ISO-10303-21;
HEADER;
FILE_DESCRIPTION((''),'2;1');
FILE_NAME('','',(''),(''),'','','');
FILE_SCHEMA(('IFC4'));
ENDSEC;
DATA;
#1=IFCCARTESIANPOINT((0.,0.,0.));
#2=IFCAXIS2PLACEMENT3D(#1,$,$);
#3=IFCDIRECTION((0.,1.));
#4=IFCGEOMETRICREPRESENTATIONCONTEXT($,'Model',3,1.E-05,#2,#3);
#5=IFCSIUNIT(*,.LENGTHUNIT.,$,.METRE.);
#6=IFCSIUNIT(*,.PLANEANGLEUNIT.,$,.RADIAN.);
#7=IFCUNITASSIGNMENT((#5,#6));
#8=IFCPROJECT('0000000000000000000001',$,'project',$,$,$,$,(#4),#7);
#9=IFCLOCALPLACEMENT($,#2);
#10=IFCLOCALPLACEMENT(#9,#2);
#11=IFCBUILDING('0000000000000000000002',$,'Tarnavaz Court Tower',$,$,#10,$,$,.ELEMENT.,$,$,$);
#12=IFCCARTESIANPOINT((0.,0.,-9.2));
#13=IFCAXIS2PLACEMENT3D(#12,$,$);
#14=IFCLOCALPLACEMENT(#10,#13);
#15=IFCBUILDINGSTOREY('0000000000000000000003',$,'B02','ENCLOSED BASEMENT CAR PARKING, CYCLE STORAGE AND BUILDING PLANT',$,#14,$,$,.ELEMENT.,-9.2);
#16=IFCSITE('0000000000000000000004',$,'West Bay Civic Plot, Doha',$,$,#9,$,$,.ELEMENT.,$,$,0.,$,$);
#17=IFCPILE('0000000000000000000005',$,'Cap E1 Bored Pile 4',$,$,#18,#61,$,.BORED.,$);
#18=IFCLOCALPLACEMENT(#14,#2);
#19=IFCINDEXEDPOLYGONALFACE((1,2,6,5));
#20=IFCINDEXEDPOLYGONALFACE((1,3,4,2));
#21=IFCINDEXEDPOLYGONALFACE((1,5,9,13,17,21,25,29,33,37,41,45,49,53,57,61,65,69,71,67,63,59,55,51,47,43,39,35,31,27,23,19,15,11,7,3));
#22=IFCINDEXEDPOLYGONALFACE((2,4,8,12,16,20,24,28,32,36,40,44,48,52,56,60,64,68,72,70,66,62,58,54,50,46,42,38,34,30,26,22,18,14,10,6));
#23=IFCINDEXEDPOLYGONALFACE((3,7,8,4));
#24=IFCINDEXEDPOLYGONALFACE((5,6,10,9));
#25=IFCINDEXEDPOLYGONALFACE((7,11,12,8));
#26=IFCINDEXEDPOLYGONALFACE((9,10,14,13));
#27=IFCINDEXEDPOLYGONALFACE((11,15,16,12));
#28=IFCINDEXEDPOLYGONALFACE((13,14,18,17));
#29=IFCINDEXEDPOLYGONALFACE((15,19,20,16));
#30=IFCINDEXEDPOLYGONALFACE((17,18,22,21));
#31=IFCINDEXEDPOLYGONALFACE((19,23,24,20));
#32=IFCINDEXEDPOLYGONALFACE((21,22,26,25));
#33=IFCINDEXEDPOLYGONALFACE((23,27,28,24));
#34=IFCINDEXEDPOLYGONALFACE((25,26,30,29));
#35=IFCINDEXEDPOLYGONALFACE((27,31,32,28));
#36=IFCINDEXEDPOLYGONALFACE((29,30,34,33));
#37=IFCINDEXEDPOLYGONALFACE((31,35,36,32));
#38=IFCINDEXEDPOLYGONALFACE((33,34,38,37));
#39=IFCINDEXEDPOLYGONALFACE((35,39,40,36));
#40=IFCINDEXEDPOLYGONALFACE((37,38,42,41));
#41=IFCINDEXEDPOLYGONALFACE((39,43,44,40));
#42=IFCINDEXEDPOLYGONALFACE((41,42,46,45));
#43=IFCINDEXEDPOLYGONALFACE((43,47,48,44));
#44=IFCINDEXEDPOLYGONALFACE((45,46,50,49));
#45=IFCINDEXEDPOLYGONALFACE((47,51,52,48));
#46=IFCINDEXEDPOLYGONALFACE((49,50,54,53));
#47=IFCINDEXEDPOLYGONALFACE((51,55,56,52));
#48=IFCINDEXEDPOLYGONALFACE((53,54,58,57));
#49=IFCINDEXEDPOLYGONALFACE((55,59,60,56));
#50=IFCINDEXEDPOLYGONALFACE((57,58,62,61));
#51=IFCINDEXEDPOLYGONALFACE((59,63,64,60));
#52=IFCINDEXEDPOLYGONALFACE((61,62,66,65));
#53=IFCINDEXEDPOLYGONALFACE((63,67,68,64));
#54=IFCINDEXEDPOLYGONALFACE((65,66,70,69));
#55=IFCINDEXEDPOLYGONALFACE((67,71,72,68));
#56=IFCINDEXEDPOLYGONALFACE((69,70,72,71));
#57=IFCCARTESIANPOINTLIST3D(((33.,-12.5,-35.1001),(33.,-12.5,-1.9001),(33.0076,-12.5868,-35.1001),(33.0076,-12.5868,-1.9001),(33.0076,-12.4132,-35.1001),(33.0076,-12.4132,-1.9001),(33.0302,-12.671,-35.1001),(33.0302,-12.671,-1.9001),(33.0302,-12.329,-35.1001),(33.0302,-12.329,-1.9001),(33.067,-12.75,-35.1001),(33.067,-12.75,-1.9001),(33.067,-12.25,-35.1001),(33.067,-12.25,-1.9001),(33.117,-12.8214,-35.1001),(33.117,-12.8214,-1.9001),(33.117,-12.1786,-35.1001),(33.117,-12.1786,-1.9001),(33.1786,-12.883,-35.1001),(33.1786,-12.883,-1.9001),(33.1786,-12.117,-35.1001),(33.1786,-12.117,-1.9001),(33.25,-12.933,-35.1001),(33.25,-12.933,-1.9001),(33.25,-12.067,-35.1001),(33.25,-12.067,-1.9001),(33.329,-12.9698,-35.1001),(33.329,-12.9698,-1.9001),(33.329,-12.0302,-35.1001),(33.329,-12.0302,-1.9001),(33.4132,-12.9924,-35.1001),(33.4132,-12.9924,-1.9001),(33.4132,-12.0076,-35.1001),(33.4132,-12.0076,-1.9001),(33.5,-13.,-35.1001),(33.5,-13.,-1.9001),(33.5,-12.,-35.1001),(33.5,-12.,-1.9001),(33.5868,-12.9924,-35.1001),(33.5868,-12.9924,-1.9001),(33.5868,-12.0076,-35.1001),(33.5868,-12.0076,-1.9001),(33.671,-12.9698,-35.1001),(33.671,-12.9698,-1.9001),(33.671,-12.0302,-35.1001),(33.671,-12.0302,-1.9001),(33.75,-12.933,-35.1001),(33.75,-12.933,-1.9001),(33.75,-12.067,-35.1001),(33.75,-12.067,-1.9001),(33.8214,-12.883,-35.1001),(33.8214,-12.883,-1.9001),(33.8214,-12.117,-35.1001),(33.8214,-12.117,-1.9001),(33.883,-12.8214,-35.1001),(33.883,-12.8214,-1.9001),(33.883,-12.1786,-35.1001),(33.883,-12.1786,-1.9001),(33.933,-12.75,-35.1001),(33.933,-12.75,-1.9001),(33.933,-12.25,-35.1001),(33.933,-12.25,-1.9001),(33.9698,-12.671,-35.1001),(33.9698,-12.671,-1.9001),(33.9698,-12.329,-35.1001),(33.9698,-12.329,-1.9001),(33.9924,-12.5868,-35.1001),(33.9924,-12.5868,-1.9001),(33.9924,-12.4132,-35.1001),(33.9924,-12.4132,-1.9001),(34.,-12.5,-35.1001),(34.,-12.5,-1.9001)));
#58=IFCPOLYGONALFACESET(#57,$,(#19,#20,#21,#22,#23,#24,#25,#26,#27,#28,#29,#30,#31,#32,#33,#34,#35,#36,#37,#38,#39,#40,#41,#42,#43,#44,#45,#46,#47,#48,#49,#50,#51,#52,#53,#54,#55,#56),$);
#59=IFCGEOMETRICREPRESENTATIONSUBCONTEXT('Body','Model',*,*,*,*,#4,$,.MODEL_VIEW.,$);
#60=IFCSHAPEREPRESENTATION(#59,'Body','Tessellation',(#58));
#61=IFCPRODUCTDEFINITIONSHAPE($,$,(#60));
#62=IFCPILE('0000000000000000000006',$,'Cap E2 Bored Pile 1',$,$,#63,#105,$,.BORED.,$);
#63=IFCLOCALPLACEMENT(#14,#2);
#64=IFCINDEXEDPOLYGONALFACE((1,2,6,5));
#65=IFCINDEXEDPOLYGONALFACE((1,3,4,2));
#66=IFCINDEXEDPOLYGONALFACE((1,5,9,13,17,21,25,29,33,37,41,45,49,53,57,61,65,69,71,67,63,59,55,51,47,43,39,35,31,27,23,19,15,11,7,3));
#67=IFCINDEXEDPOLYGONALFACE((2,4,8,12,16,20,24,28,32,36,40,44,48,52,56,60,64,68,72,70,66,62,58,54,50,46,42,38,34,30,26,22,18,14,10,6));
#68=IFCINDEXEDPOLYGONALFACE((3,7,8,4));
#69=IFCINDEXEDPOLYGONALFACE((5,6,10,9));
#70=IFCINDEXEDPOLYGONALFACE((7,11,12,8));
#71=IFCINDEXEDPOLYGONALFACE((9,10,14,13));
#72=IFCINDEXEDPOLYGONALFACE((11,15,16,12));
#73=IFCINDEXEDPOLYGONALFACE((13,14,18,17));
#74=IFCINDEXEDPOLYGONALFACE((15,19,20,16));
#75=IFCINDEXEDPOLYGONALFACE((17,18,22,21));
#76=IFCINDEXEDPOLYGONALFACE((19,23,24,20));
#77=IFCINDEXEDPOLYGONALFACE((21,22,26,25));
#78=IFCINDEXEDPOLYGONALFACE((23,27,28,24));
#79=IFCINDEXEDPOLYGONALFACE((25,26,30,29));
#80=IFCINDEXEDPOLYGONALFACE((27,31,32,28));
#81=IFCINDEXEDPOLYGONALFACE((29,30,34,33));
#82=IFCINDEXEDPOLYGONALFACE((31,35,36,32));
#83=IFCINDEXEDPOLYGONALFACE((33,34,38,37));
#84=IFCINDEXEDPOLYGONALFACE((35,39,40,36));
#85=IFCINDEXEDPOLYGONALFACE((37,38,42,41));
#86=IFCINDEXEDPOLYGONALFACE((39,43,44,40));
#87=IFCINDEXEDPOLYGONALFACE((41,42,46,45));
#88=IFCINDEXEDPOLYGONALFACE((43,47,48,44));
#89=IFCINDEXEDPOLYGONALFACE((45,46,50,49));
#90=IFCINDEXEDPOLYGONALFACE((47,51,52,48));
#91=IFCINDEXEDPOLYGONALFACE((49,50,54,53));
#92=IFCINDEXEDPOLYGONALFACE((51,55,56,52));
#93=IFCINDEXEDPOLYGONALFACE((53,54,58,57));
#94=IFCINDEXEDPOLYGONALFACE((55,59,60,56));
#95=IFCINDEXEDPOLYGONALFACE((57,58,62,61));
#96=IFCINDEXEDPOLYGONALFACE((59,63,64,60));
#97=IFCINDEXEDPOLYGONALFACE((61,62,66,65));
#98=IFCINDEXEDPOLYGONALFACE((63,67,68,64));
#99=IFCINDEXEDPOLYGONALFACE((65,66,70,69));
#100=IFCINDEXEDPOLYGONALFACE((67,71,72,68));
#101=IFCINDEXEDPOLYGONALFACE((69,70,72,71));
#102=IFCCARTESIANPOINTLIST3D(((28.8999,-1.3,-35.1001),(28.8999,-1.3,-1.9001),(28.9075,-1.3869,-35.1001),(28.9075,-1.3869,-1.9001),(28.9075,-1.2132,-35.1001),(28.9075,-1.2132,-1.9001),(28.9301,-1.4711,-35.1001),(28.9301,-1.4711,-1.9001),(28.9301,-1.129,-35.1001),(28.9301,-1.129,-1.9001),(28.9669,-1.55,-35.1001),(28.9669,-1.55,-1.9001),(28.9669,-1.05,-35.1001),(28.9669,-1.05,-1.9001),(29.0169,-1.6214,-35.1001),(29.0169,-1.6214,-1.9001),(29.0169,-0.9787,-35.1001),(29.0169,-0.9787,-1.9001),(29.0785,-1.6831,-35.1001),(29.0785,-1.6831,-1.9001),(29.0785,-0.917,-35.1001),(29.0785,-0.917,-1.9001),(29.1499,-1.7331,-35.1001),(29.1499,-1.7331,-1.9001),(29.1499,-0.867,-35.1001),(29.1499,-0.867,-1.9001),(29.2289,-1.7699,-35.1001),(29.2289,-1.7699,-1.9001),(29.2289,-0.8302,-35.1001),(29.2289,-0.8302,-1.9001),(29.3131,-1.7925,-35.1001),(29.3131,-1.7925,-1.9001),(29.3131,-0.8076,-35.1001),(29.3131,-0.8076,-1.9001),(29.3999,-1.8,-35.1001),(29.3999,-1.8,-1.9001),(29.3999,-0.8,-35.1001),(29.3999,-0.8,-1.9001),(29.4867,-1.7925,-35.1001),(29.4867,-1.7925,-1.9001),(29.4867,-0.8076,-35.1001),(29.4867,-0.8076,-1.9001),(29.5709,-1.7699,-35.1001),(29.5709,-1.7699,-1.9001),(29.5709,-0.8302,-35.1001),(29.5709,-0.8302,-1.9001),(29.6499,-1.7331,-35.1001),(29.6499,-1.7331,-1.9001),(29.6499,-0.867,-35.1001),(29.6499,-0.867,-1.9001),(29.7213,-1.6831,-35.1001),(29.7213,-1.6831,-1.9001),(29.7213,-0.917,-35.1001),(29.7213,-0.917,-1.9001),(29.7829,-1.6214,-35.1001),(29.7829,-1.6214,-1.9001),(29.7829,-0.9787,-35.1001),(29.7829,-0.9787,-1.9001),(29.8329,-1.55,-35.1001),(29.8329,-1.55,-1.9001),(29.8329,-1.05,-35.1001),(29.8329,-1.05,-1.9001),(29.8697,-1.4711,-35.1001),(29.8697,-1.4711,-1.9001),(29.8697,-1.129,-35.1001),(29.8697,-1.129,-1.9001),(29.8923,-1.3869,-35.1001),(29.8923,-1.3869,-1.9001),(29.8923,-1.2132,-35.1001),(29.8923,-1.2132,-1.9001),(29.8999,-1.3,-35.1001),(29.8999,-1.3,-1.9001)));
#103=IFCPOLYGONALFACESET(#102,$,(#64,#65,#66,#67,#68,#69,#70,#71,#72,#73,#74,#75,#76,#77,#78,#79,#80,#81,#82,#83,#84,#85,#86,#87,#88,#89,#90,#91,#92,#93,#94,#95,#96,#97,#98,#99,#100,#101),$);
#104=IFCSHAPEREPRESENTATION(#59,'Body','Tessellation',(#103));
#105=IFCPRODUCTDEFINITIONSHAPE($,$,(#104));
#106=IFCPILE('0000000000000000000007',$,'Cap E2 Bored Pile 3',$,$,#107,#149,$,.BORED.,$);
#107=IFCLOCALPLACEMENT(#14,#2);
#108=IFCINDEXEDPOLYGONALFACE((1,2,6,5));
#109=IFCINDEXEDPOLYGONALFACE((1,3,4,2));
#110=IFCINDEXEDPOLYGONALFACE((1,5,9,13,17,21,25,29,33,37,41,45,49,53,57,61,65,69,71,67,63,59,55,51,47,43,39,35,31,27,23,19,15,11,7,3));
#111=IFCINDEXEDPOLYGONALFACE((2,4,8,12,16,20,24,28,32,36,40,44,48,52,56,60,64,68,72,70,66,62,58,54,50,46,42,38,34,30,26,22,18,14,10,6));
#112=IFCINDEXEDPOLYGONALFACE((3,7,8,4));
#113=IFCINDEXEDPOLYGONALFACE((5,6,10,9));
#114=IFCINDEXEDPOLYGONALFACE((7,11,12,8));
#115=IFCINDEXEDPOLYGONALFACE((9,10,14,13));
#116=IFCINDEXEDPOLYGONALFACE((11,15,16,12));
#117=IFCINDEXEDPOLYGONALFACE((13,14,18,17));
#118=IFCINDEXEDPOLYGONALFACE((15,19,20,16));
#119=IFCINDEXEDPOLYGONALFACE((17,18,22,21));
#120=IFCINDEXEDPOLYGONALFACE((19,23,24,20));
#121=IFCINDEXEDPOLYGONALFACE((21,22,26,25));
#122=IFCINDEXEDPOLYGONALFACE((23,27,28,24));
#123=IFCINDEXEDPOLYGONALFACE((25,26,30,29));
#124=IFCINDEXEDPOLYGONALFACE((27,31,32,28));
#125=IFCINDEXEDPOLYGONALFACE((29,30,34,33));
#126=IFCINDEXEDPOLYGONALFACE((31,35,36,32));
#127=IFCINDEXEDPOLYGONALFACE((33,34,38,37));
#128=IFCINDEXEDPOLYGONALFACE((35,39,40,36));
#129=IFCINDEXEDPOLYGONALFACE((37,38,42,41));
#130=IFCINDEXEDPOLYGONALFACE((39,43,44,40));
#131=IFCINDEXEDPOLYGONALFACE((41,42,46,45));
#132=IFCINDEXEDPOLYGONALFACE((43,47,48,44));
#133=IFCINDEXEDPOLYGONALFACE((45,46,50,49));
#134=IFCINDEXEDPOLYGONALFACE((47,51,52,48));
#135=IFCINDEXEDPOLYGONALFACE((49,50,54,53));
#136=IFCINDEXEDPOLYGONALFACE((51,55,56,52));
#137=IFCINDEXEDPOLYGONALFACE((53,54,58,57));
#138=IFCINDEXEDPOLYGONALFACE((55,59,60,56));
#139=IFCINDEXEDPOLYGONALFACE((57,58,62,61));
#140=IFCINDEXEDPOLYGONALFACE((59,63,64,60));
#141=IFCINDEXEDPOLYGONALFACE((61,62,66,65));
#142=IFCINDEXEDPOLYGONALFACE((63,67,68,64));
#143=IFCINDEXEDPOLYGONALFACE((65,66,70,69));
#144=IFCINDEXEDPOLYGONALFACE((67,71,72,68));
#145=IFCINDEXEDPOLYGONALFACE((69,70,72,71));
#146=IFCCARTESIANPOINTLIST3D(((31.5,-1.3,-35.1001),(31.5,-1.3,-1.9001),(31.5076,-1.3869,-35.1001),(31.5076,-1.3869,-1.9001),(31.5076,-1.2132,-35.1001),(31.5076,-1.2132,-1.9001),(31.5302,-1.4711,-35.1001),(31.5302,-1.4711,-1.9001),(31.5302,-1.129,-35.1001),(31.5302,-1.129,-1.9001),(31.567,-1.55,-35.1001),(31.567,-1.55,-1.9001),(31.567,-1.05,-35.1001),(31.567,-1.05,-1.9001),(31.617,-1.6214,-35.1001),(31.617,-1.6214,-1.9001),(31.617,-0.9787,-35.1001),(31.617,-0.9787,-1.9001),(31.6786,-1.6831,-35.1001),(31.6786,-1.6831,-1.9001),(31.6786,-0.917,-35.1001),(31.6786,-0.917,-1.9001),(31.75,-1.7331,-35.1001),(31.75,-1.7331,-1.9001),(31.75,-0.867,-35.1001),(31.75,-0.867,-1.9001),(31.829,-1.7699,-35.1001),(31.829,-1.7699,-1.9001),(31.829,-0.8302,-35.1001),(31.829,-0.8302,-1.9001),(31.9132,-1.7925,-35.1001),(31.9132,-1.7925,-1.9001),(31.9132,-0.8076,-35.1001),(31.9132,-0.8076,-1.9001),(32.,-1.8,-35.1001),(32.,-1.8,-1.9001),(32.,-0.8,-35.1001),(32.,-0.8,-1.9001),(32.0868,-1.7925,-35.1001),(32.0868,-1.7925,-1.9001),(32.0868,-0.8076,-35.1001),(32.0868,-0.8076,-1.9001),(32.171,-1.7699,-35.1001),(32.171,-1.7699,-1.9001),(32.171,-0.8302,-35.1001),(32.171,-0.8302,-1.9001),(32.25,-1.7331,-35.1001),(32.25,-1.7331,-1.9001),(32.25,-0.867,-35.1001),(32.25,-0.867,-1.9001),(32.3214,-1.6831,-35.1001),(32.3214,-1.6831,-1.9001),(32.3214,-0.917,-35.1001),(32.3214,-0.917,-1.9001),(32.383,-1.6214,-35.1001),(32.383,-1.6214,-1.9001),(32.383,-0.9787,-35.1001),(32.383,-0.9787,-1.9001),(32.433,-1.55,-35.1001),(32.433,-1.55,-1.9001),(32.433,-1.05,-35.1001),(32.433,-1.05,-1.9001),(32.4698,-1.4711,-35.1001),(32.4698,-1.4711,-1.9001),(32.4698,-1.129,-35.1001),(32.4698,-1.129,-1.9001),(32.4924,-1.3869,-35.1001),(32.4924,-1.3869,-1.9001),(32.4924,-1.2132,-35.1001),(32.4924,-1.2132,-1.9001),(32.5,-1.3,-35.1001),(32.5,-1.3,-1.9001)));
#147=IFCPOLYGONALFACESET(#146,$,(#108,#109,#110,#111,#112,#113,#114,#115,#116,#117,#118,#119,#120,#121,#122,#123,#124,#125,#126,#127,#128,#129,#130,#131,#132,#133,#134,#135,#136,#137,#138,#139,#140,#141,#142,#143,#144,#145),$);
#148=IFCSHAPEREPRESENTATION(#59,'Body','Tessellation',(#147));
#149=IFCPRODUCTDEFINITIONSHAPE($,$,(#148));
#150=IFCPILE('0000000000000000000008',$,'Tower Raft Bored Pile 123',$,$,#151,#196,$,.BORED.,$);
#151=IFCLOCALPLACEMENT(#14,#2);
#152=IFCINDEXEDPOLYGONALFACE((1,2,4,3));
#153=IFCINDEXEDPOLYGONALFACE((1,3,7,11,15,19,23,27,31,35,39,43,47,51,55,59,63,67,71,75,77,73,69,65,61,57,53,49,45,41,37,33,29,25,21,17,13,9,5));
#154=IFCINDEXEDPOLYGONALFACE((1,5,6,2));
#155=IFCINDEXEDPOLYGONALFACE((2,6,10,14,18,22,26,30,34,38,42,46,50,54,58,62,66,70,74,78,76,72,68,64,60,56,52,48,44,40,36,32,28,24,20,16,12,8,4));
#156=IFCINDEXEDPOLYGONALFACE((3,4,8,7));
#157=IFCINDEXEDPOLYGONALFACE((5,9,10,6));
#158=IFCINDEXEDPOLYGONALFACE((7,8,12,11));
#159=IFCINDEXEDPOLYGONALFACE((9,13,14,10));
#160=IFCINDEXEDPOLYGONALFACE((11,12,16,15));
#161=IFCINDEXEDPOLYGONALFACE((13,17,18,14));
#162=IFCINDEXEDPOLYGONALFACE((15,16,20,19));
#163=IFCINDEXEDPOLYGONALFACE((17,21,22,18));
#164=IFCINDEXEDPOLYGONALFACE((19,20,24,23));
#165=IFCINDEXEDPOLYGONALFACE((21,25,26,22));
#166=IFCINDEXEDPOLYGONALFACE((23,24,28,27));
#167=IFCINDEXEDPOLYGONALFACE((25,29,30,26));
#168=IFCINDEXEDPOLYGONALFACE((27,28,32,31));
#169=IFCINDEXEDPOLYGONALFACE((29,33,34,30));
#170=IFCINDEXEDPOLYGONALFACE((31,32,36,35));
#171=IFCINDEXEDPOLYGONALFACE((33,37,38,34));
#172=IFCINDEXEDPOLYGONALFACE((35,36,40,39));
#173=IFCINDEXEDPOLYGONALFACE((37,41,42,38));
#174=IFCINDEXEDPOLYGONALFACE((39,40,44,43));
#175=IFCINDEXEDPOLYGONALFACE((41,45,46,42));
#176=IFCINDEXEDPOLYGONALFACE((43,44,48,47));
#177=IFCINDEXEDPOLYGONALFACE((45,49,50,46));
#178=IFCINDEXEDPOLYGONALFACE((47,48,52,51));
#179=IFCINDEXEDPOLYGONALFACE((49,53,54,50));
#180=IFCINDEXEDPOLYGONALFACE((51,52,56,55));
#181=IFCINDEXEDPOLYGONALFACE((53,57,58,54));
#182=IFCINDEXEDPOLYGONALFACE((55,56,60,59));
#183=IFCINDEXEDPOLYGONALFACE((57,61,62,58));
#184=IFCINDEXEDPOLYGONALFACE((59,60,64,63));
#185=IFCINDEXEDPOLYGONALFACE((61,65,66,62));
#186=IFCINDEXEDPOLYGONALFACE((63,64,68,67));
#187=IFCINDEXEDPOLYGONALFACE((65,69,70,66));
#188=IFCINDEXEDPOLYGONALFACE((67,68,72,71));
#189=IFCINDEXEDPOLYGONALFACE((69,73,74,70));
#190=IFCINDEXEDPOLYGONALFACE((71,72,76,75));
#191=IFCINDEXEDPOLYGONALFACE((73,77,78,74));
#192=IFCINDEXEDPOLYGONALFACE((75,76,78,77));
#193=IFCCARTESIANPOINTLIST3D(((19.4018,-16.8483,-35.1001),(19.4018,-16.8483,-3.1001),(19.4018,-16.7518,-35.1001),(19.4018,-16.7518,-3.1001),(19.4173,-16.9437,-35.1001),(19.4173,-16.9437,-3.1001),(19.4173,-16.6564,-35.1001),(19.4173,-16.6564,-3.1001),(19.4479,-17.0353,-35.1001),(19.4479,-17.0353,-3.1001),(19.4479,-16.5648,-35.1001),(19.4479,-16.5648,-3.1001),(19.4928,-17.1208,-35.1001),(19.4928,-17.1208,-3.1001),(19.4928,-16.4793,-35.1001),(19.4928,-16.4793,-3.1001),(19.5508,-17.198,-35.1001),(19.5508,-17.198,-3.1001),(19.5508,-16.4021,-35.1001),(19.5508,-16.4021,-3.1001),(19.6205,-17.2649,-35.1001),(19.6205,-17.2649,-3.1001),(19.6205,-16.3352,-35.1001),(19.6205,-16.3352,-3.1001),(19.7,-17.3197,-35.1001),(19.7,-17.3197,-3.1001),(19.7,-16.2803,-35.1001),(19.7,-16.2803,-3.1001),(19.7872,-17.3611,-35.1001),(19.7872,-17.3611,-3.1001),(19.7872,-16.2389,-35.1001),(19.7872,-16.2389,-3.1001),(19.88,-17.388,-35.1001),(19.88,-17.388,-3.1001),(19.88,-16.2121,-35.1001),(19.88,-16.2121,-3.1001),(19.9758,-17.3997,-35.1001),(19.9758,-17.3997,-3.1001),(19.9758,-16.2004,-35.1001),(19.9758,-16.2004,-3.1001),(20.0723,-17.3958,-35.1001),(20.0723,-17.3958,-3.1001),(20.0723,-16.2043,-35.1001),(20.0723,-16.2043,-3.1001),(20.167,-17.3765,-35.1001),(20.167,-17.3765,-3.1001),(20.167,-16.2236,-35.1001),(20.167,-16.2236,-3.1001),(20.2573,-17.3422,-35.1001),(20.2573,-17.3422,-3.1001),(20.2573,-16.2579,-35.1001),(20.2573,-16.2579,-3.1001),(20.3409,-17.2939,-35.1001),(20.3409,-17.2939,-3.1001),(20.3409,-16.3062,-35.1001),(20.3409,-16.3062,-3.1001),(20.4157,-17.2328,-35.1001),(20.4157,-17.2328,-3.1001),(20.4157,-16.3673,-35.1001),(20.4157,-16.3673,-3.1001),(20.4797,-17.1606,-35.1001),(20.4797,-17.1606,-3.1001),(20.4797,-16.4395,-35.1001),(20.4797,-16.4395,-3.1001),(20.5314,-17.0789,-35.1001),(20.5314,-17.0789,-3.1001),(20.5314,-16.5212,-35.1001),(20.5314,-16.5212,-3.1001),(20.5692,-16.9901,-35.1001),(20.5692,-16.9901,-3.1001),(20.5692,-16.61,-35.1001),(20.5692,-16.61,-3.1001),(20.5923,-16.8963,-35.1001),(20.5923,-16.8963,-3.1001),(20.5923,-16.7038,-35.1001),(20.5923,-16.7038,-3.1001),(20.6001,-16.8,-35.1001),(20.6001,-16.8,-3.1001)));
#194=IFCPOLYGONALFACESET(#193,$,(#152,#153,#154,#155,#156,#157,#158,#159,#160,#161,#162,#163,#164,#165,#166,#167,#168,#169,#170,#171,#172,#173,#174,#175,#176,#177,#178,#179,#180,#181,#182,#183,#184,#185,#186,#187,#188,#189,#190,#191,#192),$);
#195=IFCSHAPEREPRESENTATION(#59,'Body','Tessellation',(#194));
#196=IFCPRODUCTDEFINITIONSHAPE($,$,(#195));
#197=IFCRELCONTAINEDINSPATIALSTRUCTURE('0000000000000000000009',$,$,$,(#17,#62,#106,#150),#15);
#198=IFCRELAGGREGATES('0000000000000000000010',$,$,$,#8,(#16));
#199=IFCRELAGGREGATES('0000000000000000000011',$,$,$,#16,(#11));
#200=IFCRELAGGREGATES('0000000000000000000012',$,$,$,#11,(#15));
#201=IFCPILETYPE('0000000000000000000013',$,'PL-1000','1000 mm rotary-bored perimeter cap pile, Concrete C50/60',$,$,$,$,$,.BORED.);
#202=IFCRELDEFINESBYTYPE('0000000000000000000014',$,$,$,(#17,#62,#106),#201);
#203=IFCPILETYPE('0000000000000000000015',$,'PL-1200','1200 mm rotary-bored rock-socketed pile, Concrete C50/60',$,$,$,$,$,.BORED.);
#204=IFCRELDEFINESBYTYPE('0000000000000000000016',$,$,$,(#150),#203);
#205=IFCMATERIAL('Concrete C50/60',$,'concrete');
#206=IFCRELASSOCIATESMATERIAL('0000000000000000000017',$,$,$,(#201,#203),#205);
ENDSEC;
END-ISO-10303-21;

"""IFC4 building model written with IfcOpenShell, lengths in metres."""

from ifc_helpers import new_model, si_unit, direction, frame, origin, origin_2d, place, context, subcontext, project, spatial, circle, extrude, material, material_profile, profile_set, type_object, element, save


model = new_model("IFC4")

# Units and contexts
model_context = context("Model", 3, precision=1e-05, world=origin(), true_north=direction((0.0, 1.0)))
body_context = subcontext(model_context, "Body", "Model", "MODEL_VIEW")
ifc_project = project(units=[si_unit("LENGTHUNIT", "METRE"), si_unit("PLANEANGLEUNIT", "RADIAN")], contexts=[model_context])

# Site, building, storey
site_placement = place(None, origin())
site = spatial("IfcSite", under=ifc_project, at=site_placement, Name="West Bay Civic Plot, Doha", CompositionType="ELEMENT", RefElevation=0.0)
building_placement = place(site_placement, origin())
building = spatial("IfcBuilding", under=site, at=building_placement, Name="Tarnavaz Court Tower", CompositionType="ELEMENT")
storey_placement = place(building_placement, frame((0.0, 0.0, -9.2)))
storey = spatial("IfcBuildingStorey", under=building, at=storey_placement, Name="B02", Description="ENCLOSED BASEMENT CAR PARKING, CYCLE STORAGE AND BUILDING PLANT", CompositionType="ELEMENT", Elevation=-9.2)

# Shared definitions
ifc_material_1 = material(Name="Concrete C50/60", Category="concrete")

# Piles
ifc_material_profile_1 = material_profile(ifc_material_1, circle(Radius=0.5, at=origin_2d()), Name="PILE D1000")
ifc_profile_set_1 = profile_set([ifc_material_profile_1], Name="Concrete C50/60")
pile_type_1 = type_object("IfcPileType", Name="PL-1000", Description="1000 mm rotary-bored perimeter cap pile, Concrete C50/60", PredefinedType="BORED", material=ifc_profile_set_1)
for number, where, z_axis, x_axis, name in (
    (1, (33.5, -12.5, -1.9001), (0.0, 0.0, -1.0), (1.0, 0.0, 0.0), "Cap E1 Bored Pile 4"),
    (2, (29.3999, -1.3, -1.9001), (0.0, 0.0, -1.0), (1.0, 0.0, 0.0), "Cap E2 Bored Pile 1"),
    (3, (32.0, -1.3, -1.9001), (0.0, 0.0, -1.0), (1.0, 0.0, 0.0), "Cap E2 Bored Pile 3"),
):
    element("IfcPile", number, at=place(storey_placement, frame(where, z_axis=z_axis, x_axis=x_axis)), inside=storey, type_object=pile_type_1, Name=name, PredefinedType="BORED", context=body_context, shape_type="SweptSolid", body=[
        extrude(circle(Radius=0.5, at=origin_2d()), origin(), (0.0, 0.0, 1.0), 33.2),
    ])
ifc_material_profile_2 = material_profile(ifc_material_1, circle(Radius=0.6001, at=origin_2d()), Name="PILE D1200")
ifc_profile_set_2 = profile_set([ifc_material_profile_2], Name="Concrete C50/60")
pile_type_2 = type_object("IfcPileType", Name="PL-1200", Description="1200 mm rotary-bored rock-socketed pile, Concrete C50/60", PredefinedType="BORED", material=ifc_profile_set_2)
for number, where, z_axis, x_axis, name in (
    (4, (20.0, -16.8, -3.1001), (0.0, 0.0, -1.0), (1.0, 0.0, 0.0), "Tower Raft Bored Pile 123"),
):
    element("IfcPile", number, at=place(storey_placement, frame(where, z_axis=z_axis, x_axis=x_axis)), inside=storey, type_object=pile_type_2, Name=name, PredefinedType="BORED", context=body_context, shape_type="SweptSolid", body=[
        extrude(circle(Radius=0.6001, at=origin_2d()), origin(), (0.0, 0.0, 1.0), 32.0),
    ])

save(model, "model.ifc")
